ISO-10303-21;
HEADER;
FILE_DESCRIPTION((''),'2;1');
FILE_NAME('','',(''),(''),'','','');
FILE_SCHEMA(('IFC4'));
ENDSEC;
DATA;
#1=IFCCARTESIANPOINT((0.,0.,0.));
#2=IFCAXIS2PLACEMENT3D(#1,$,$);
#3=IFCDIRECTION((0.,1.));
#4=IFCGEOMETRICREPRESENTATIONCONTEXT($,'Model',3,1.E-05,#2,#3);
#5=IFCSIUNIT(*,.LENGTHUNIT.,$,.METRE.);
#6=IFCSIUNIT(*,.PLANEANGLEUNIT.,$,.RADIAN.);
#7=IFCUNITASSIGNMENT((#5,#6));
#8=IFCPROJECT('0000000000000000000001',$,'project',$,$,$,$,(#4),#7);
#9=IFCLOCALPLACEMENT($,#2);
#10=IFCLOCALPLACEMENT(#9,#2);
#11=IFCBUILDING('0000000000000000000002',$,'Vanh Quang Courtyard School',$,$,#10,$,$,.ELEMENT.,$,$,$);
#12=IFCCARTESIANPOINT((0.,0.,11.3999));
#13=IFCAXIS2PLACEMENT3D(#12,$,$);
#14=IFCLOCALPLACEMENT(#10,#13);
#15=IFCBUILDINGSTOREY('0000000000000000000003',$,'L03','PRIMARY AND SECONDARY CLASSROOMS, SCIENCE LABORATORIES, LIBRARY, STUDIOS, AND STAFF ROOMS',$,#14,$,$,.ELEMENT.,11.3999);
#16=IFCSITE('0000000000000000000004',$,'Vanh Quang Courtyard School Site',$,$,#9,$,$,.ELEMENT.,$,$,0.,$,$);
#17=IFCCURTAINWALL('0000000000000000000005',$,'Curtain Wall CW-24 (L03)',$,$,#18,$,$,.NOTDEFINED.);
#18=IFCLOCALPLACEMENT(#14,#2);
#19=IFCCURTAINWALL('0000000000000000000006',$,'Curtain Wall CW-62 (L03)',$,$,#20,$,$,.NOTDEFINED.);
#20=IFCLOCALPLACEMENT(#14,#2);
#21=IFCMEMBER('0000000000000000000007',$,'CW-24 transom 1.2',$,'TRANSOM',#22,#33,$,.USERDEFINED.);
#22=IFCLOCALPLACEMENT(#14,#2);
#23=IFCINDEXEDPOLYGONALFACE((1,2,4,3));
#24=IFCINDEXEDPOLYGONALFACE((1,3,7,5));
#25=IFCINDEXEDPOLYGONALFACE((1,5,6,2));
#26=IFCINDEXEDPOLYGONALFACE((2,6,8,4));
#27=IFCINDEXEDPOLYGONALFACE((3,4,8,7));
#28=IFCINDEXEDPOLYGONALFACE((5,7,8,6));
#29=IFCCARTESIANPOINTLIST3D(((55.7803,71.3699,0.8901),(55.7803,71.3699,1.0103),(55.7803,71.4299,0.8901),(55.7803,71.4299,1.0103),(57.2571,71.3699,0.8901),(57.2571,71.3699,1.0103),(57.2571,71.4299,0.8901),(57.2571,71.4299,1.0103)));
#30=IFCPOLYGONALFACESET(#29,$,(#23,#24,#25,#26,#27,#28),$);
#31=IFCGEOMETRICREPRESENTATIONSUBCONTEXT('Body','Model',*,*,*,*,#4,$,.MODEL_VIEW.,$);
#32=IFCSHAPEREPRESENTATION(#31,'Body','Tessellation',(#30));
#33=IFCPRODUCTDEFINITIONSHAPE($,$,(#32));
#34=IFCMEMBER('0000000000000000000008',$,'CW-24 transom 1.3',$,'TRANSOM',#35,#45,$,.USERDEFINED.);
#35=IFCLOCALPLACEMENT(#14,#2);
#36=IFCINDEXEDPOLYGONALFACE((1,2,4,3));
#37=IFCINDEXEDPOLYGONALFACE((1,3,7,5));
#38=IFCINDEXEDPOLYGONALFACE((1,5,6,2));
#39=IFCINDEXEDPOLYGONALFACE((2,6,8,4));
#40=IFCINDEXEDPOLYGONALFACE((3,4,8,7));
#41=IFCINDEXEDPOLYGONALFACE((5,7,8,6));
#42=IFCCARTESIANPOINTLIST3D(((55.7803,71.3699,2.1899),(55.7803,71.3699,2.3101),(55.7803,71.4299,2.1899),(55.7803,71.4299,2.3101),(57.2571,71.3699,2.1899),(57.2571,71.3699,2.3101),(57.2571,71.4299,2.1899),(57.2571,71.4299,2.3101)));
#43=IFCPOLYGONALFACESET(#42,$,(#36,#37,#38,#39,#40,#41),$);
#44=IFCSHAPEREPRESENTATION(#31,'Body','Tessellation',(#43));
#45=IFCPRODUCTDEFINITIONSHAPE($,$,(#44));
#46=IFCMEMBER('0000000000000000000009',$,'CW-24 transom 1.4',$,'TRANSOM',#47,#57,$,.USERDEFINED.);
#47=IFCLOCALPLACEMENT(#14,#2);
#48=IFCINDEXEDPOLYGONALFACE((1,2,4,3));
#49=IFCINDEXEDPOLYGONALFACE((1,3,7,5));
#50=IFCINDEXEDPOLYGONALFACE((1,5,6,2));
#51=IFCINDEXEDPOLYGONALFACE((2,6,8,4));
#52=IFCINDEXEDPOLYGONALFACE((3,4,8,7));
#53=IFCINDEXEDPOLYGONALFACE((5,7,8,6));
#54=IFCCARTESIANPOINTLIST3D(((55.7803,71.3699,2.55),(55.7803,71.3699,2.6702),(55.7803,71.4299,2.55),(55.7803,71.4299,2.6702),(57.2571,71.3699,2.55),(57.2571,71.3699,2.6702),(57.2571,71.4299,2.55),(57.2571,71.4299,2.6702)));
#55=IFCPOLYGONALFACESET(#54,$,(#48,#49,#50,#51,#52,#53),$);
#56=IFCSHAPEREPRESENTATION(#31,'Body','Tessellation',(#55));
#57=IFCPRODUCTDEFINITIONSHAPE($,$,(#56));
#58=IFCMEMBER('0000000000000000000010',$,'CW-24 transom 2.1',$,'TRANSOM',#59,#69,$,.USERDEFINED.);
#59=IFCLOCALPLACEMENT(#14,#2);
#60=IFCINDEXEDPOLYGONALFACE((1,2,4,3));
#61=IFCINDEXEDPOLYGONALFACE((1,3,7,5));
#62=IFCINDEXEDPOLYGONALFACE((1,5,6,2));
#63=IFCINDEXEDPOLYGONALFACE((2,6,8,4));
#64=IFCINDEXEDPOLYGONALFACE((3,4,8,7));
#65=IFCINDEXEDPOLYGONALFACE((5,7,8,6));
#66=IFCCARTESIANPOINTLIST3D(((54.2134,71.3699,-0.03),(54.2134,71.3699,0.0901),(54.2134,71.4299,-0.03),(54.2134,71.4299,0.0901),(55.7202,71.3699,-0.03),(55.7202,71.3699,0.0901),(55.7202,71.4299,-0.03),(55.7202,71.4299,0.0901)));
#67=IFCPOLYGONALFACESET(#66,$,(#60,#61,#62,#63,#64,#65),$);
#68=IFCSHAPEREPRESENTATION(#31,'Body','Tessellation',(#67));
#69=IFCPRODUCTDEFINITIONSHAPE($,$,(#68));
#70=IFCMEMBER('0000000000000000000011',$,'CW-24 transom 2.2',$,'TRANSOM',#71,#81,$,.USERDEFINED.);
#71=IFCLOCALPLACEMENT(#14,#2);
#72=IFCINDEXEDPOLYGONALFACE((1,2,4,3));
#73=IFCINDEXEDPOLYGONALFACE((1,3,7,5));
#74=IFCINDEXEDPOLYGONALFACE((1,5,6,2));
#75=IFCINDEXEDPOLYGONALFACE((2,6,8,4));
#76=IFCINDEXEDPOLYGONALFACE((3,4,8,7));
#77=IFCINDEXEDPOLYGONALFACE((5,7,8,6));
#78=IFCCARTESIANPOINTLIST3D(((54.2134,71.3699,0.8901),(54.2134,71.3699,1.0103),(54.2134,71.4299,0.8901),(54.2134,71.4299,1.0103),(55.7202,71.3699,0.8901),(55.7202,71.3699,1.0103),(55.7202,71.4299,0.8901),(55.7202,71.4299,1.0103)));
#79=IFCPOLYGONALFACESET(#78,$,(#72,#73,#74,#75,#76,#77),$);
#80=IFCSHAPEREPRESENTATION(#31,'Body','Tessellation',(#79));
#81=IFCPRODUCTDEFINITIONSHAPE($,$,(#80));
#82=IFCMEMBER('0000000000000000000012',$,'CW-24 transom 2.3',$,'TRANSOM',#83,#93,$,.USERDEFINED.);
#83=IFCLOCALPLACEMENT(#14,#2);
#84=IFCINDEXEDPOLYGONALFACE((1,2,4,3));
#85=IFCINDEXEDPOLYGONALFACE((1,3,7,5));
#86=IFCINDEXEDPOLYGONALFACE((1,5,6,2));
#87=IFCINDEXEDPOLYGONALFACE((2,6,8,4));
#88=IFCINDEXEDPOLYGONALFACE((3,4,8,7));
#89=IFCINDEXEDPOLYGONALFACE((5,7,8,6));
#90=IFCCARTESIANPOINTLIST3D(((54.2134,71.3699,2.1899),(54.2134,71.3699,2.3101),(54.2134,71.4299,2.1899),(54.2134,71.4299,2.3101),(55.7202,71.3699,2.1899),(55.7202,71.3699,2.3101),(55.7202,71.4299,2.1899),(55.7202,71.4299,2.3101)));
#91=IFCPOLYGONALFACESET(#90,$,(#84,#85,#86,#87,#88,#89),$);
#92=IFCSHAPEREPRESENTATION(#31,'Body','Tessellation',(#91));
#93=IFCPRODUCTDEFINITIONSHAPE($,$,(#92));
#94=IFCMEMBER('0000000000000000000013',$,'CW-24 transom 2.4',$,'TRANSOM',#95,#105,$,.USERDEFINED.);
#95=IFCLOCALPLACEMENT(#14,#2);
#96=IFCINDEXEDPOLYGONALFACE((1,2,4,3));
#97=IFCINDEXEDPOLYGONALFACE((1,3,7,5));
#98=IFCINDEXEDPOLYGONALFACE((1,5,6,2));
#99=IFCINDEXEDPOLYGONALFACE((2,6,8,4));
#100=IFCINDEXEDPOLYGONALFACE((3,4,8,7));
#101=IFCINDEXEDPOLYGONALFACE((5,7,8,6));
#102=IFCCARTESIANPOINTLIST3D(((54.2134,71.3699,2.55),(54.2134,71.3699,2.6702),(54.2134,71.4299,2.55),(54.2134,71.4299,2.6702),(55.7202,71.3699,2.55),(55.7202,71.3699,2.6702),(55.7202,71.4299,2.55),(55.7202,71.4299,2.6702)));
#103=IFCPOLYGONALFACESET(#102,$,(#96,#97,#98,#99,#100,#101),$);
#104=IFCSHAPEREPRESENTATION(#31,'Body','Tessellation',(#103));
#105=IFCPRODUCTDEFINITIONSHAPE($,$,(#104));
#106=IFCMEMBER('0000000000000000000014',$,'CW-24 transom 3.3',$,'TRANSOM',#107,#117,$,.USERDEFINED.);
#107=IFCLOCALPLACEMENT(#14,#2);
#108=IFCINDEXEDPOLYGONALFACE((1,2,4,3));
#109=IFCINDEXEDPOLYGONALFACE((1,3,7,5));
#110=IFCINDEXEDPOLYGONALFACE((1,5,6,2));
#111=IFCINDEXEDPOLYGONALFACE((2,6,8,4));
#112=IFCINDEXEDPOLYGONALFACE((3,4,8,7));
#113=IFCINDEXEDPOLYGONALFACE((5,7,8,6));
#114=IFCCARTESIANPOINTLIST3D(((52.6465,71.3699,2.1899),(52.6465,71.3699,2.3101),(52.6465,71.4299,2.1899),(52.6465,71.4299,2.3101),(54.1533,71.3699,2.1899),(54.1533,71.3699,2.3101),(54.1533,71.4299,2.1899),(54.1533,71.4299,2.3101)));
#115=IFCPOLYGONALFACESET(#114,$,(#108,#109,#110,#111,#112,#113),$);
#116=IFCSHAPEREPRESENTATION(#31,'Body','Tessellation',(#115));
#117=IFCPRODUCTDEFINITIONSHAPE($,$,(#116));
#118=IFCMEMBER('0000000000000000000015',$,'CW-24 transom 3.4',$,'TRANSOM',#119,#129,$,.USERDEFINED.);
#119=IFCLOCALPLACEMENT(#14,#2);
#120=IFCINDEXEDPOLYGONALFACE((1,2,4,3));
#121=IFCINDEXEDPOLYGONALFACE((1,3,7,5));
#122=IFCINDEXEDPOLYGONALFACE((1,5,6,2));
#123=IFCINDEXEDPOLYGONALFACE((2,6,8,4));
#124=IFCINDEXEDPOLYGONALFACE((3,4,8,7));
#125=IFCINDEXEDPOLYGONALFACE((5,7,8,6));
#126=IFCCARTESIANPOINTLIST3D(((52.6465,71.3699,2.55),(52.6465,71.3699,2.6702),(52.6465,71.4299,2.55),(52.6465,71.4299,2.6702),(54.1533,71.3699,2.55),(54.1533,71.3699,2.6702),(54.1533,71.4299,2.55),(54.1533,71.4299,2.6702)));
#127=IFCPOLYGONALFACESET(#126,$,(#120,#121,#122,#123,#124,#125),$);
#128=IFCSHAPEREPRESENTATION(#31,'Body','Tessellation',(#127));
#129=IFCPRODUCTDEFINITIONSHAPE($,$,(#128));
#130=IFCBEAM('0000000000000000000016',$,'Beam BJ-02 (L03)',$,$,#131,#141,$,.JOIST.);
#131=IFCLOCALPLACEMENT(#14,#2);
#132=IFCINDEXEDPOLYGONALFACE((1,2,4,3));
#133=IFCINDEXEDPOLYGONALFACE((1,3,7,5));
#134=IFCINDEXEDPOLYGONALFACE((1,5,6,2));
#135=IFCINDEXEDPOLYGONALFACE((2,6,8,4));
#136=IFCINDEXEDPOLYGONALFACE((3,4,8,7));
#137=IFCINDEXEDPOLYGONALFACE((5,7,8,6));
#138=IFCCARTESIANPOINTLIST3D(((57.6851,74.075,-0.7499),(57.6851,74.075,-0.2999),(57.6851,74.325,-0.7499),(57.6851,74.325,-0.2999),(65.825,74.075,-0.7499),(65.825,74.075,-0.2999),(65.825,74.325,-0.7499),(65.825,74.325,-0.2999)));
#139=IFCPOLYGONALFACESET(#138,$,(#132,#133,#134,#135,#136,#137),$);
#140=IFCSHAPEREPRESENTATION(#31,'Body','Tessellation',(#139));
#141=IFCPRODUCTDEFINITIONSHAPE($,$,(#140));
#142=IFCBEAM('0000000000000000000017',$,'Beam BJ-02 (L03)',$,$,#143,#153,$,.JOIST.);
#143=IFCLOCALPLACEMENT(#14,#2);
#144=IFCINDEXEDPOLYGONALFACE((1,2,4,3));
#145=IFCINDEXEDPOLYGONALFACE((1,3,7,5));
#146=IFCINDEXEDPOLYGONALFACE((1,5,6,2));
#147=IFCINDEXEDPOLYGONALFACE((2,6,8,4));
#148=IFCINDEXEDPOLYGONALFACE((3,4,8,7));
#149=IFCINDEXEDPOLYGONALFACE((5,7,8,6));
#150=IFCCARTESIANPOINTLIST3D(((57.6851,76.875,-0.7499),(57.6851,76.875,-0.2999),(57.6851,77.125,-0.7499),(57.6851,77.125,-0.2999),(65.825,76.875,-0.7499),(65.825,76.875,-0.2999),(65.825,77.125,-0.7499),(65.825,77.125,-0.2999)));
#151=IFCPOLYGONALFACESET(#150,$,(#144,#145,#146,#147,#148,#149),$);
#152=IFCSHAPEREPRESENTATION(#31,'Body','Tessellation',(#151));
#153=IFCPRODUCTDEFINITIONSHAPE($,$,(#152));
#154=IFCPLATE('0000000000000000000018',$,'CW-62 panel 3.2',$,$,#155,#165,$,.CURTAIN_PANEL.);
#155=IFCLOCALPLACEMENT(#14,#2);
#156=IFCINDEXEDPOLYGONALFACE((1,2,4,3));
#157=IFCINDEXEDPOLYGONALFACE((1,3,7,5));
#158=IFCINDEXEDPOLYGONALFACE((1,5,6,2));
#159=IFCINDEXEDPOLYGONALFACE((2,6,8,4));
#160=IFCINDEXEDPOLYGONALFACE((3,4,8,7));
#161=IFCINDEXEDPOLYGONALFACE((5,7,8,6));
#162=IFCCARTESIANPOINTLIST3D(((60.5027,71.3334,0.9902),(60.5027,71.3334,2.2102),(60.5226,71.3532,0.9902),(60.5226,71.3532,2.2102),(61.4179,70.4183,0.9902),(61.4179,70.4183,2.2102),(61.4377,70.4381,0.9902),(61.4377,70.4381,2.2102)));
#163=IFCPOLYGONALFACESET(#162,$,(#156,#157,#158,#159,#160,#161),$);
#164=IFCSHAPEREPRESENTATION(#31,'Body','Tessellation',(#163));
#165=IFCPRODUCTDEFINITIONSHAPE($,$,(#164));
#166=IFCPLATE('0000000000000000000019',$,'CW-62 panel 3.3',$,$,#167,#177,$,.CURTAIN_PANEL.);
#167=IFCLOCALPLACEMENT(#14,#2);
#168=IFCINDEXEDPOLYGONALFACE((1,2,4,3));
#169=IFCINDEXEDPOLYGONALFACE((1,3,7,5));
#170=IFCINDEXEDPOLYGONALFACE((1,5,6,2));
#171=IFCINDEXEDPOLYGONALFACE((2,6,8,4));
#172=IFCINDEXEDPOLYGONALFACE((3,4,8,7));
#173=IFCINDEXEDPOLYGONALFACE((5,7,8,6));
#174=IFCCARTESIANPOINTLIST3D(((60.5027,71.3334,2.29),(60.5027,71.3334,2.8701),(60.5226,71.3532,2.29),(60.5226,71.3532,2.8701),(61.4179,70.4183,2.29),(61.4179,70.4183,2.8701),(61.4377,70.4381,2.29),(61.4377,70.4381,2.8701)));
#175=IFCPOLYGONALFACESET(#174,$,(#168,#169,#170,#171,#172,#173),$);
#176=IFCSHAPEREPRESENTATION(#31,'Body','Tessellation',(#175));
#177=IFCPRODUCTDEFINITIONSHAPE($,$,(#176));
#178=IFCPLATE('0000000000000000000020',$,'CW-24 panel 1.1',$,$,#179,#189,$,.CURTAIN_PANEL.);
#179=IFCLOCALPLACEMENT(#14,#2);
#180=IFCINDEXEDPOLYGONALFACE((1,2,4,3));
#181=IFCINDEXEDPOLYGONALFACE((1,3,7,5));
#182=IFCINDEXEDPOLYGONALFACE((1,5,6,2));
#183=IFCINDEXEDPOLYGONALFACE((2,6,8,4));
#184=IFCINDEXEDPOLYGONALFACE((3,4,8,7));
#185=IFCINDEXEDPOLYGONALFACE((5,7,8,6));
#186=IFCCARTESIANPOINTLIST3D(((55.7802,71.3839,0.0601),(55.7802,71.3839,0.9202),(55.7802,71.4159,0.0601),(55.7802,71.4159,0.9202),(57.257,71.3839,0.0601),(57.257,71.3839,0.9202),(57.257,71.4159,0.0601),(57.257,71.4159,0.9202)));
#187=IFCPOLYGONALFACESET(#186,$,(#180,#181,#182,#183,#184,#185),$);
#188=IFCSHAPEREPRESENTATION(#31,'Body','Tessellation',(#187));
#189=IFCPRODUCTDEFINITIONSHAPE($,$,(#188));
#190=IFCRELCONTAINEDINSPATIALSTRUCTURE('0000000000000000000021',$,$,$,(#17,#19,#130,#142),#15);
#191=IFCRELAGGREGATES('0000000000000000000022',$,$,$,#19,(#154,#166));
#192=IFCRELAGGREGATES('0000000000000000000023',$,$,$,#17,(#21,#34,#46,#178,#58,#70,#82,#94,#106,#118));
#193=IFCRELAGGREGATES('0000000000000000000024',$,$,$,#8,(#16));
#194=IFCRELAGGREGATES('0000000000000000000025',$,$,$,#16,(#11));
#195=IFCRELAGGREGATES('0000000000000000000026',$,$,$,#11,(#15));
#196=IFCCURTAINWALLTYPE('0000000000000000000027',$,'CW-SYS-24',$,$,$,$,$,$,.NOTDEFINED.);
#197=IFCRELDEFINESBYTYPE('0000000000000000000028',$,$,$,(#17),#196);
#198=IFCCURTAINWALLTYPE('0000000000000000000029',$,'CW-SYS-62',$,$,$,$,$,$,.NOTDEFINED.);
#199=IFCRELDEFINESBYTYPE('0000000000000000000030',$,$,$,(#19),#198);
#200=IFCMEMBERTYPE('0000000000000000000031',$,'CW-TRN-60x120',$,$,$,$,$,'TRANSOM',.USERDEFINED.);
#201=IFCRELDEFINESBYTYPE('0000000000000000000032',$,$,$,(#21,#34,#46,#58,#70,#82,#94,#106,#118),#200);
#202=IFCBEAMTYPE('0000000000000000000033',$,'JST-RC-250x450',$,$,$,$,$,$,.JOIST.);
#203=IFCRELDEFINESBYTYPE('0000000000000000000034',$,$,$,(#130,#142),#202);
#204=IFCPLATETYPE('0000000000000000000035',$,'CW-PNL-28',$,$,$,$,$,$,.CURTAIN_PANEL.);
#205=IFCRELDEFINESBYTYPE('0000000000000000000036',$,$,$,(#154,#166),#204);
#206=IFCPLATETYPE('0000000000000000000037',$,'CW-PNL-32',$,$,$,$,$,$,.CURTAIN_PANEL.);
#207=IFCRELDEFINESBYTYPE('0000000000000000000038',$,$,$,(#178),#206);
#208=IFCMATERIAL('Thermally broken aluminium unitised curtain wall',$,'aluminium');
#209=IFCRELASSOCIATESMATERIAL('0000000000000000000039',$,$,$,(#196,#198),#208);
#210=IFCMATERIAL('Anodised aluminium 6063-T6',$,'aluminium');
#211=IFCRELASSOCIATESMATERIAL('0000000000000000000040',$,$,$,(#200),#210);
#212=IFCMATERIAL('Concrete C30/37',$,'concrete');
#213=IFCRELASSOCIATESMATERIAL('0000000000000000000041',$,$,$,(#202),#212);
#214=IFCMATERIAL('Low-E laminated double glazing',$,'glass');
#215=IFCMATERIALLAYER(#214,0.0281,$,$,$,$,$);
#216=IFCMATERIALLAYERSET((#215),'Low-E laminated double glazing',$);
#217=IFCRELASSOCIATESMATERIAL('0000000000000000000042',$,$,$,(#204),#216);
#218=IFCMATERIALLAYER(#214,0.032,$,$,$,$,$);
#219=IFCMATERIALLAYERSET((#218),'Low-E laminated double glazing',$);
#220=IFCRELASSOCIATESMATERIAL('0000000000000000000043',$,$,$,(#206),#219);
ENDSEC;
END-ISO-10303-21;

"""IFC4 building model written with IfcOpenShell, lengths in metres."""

from ifc_helpers import new_model, si_unit, direction, frame, origin, origin_2d, place, context, subcontext, project, spatial, rectangle, extrude, material, layer, layer_set, material_profile, profile_set, type_object, element, aggregate, save


model = new_model("IFC4")

# Units and contexts
model_context = context("Model", 3, precision=1e-05, world=origin(), true_north=direction((0.0, 1.0)))
body_context = subcontext(model_context, "Body", "Model", "MODEL_VIEW")
ifc_project = project(units=[si_unit("LENGTHUNIT", "METRE"), si_unit("PLANEANGLEUNIT", "RADIAN")], contexts=[model_context])

# Site, building, storey
site_placement = place(None, origin())
site = spatial("IfcSite", under=ifc_project, at=site_placement, Name="Vanh Quang Courtyard School Site", CompositionType="ELEMENT", RefElevation=0.0)
building_placement = place(site_placement, origin())
building = spatial("IfcBuilding", under=site, at=building_placement, Name="Vanh Quang Courtyard School", CompositionType="ELEMENT")
storey_placement = place(building_placement, frame((0.0, 0.0, 11.3999)))
storey = spatial("IfcBuildingStorey", under=building, at=storey_placement, Name="L03", Description="PRIMARY AND SECONDARY CLASSROOMS, SCIENCE LABORATORIES, LIBRARY, STUDIOS, AND STAFF ROOMS", CompositionType="ELEMENT", Elevation=11.3999)

# Curtain wall
ifc_material_1 = material(Name="Thermally broken aluminium unitised curtain wall", Category="aluminium")
curtain_wall_type_1 = type_object("IfcCurtainWallType", Name="CW-SYS-24", PredefinedType="NOTDEFINED", material=ifc_material_1)
curtain_wall_1_placement = place(storey_placement, origin())
curtain_wall_1 = element("IfcCurtainWall", 1, at=curtain_wall_1_placement, inside=storey, type_object=curtain_wall_type_1, Name="Curtain Wall CW-24 (L03)", PredefinedType="NOTDEFINED")
ifc_material_2 = material(Name="Anodised aluminium 6063-T6", Category="aluminium")

# Curtain wall
curtain_wall_type_2 = type_object("IfcCurtainWallType", Name="CW-SYS-62", PredefinedType="NOTDEFINED", material=ifc_material_1)
curtain_wall_2_placement = place(storey_placement, origin())
curtain_wall_2 = element("IfcCurtainWall", 2, at=curtain_wall_2_placement, inside=storey, type_object=curtain_wall_type_2, Name="Curtain Wall CW-62 (L03)", PredefinedType="NOTDEFINED")

# Members
ifc_material_profile_1 = material_profile(ifc_material_2, rectangle(XDim=0.0601, YDim=0.1201, at=origin_2d()), Name="ALU-TRN 60x120")
ifc_profile_set_1 = profile_set([ifc_material_profile_1], Name="Anodised aluminium 6063-T6")
member_type_1 = type_object("IfcMemberType", Name="CW-TRN-60x120", ElementType="TRANSOM", PredefinedType="USERDEFINED", material=ifc_profile_set_1)
member_1_placement = place(storey_placement, frame((57.2571, 71.3999, 0.9502), z_axis=(-1.0, 0.0, 0.0), x_axis=(0.0, -1.0, 0.0)))
member_1 = element("IfcMember", 3, at=member_1_placement, type_object=member_type_1, Name="CW-24 transom 1.2", ObjectType="TRANSOM", PredefinedType="USERDEFINED", context=body_context, shape_type="SweptSolid", body=[
    extrude(rectangle(XDim=0.0601, YDim=0.1201, at=origin_2d()), origin(), (0.0, 0.0, 1.0), 1.4768),
])
member_2_placement = place(storey_placement, frame((57.2571, 71.3999, 2.25), z_axis=(-1.0, 0.0, 0.0), x_axis=(0.0, -1.0, 0.0)))
member_2 = element("IfcMember", 4, at=member_2_placement, type_object=member_type_1, Name="CW-24 transom 1.3", ObjectType="TRANSOM", PredefinedType="USERDEFINED", context=body_context, shape_type="SweptSolid", body=[
    extrude(rectangle(XDim=0.0601, YDim=0.1201, at=origin_2d()), origin(), (0.0, 0.0, 1.0), 1.4768),
])
member_3_placement = place(storey_placement, frame((57.2571, 71.3999, 2.6101), z_axis=(-1.0, 0.0, 0.0), x_axis=(0.0, -1.0, 0.0)))
member_3 = element("IfcMember", 5, at=member_3_placement, type_object=member_type_1, Name="CW-24 transom 1.4", ObjectType="TRANSOM", PredefinedType="USERDEFINED", context=body_context, shape_type="SweptSolid", body=[
    extrude(rectangle(XDim=0.0601, YDim=0.1201, at=origin_2d()), origin(), (0.0, 0.0, 1.0), 1.4768),
])
member_4_placement = place(storey_placement, frame((55.7202, 71.3999, 0.03), z_axis=(-1.0, 0.0, 0.0), x_axis=(0.0, -1.0, 0.0)))
member_4 = element("IfcMember", 6, at=member_4_placement, type_object=member_type_1, Name="CW-24 transom 2.1", ObjectType="TRANSOM", PredefinedType="USERDEFINED", context=body_context, shape_type="SweptSolid", body=[
    extrude(rectangle(XDim=0.0601, YDim=0.1201, at=origin_2d()), origin(), (0.0, 0.0, 1.0), 1.5068),
])
member_5_placement = place(storey_placement, frame((55.7202, 71.3999, 0.9502), z_axis=(-1.0, 0.0, 0.0), x_axis=(0.0, -1.0, 0.0)))
member_5 = element("IfcMember", 7, at=member_5_placement, type_object=member_type_1, Name="CW-24 transom 2.2", ObjectType="TRANSOM", PredefinedType="USERDEFINED", context=body_context, shape_type="SweptSolid", body=[
    extrude(rectangle(XDim=0.0601, YDim=0.1201, at=origin_2d()), origin(), (0.0, 0.0, 1.0), 1.5068),
])
member_6_placement = place(storey_placement, frame((55.7202, 71.3999, 2.25), z_axis=(-1.0, 0.0, 0.0), x_axis=(0.0, -1.0, 0.0)))
member_6 = element("IfcMember", 8, at=member_6_placement, type_object=member_type_1, Name="CW-24 transom 2.3", ObjectType="TRANSOM", PredefinedType="USERDEFINED", context=body_context, shape_type="SweptSolid", body=[
    extrude(rectangle(XDim=0.0601, YDim=0.1201, at=origin_2d()), origin(), (0.0, 0.0, 1.0), 1.5068),
])
member_7_placement = place(storey_placement, frame((55.7202, 71.3999, 2.6101), z_axis=(-1.0, 0.0, 0.0), x_axis=(0.0, -1.0, 0.0)))
member_7 = element("IfcMember", 9, at=member_7_placement, type_object=member_type_1, Name="CW-24 transom 2.4", ObjectType="TRANSOM", PredefinedType="USERDEFINED", context=body_context, shape_type="SweptSolid", body=[
    extrude(rectangle(XDim=0.0601, YDim=0.1201, at=origin_2d()), origin(), (0.0, 0.0, 1.0), 1.5068),
])
member_8_placement = place(storey_placement, frame((54.1533, 71.3999, 2.25), z_axis=(-1.0, 0.0, 0.0), x_axis=(0.0, -1.0, 0.0)))
member_8 = element("IfcMember", 10, at=member_8_placement, type_object=member_type_1, Name="CW-24 transom 3.3", ObjectType="TRANSOM", PredefinedType="USERDEFINED", context=body_context, shape_type="SweptSolid", body=[
    extrude(rectangle(XDim=0.0601, YDim=0.1201, at=origin_2d()), origin(), (0.0, 0.0, 1.0), 1.5068),
])
member_9_placement = place(storey_placement, frame((54.1533, 71.3999, 2.6101), z_axis=(-1.0, 0.0, 0.0), x_axis=(0.0, -1.0, 0.0)))
member_9 = element("IfcMember", 11, at=member_9_placement, type_object=member_type_1, Name="CW-24 transom 3.4", ObjectType="TRANSOM", PredefinedType="USERDEFINED", context=body_context, shape_type="SweptSolid", body=[
    extrude(rectangle(XDim=0.0601, YDim=0.1201, at=origin_2d()), origin(), (0.0, 0.0, 1.0), 1.5068),
])

# Beams
ifc_material_3 = material(Name="Concrete C30/37", Category="concrete")
ifc_material_profile_2 = material_profile(ifc_material_3, rectangle(XDim=0.25, YDim=0.45, at=origin_2d()), Name="RC-JST 250x450")
ifc_profile_set_2 = profile_set([ifc_material_profile_2], Name="Concrete C30/37")
beam_type_1 = type_object("IfcBeamType", Name="JST-RC-250x450", PredefinedType="JOIST", material=ifc_profile_set_2)
for number, where, z_axis, x_axis, name in (
    (12, (57.6851, 74.2, -0.5249), (1.0, 0.0, 0.0), (0.0, 1.0, 0.0), "Beam BJ-02 (L03)"),
    (13, (57.6851, 77.0, -0.5249), (1.0, 0.0, 0.0), (0.0, 1.0, 0.0), "Beam BJ-02 (L03)"),
):
    element("IfcBeam", number, at=place(storey_placement, frame(where, z_axis=z_axis, x_axis=x_axis)), inside=storey, type_object=beam_type_1, Name=name, PredefinedType="JOIST", context=body_context, shape_type="SweptSolid", body=[
        extrude(rectangle(XDim=0.25, YDim=0.45, at=origin_2d()), origin(), (0.0, 0.0, 1.0), 8.1399),
    ])

# Plates
ifc_material_4 = material(Name="Low-E laminated double glazing", Category="glass")
ifc_layer_1 = layer(ifc_material_4, 0.0281)
ifc_layer_set_1 = layer_set([ifc_layer_1], Name="Low-E laminated double glazing")
plate_type_1 = type_object("IfcPlateType", Name="CW-PNL-28", PredefinedType="CURTAIN_PANEL", material=ifc_layer_set_1)
plate_1_placement = place(storey_placement, frame((60.9702, 70.8857, 0.9902), z_axis=(0.0, 0.0, 1.0), x_axis=(-0.707107, 0.707107, 0.0)))
plate_1 = element("IfcPlate", 14, at=plate_1_placement, type_object=plate_type_1, Name="CW-62 panel 3.2", PredefinedType="CURTAIN_PANEL", context=body_context, shape_type="SweptSolid", body=[
    extrude(rectangle(XDim=1.2942, YDim=0.0281, at=origin_2d()), origin(), (0.0, 0.0, 1.0), 1.22),
])
plate_2_placement = place(storey_placement, frame((60.9702, 70.8857, 2.29), z_axis=(0.0, 0.0, 1.0), x_axis=(-0.707107, 0.707107, 0.0)))
plate_2 = element("IfcPlate", 15, at=plate_2_placement, type_object=plate_type_1, Name="CW-62 panel 3.3", PredefinedType="CURTAIN_PANEL", context=body_context, shape_type="SweptSolid", body=[
    extrude(rectangle(XDim=1.2942, YDim=0.0281, at=origin_2d()), origin(), (0.0, 0.0, 1.0), 0.5801),
])
aggregate(curtain_wall_2, [plate_1, plate_2])
ifc_layer_2 = layer(ifc_material_4, 0.032)
ifc_layer_set_2 = layer_set([ifc_layer_2], Name="Low-E laminated double glazing")
plate_type_2 = type_object("IfcPlateType", Name="CW-PNL-32", PredefinedType="CURTAIN_PANEL", material=ifc_layer_set_2)
plate_3_placement = place(storey_placement, frame((56.5186, 71.3999, 0.0601), z_axis=(0.0, 0.0, 1.0), x_axis=(-1.0, 0.0, 0.0)))
plate_3 = element("IfcPlate", 16, at=plate_3_placement, type_object=plate_type_2, Name="CW-24 panel 1.1", PredefinedType="CURTAIN_PANEL", context=body_context, shape_type="SweptSolid", body=[
    extrude(rectangle(XDim=1.4768, YDim=0.032, at=origin_2d()), origin(), (0.0, 0.0, 1.0), 0.8601),
])
aggregate(curtain_wall_1, [member_1, member_2, member_3, plate_3, member_4, member_5, member_6, member_7, member_8, member_9])

save(model, "model.ifc")
